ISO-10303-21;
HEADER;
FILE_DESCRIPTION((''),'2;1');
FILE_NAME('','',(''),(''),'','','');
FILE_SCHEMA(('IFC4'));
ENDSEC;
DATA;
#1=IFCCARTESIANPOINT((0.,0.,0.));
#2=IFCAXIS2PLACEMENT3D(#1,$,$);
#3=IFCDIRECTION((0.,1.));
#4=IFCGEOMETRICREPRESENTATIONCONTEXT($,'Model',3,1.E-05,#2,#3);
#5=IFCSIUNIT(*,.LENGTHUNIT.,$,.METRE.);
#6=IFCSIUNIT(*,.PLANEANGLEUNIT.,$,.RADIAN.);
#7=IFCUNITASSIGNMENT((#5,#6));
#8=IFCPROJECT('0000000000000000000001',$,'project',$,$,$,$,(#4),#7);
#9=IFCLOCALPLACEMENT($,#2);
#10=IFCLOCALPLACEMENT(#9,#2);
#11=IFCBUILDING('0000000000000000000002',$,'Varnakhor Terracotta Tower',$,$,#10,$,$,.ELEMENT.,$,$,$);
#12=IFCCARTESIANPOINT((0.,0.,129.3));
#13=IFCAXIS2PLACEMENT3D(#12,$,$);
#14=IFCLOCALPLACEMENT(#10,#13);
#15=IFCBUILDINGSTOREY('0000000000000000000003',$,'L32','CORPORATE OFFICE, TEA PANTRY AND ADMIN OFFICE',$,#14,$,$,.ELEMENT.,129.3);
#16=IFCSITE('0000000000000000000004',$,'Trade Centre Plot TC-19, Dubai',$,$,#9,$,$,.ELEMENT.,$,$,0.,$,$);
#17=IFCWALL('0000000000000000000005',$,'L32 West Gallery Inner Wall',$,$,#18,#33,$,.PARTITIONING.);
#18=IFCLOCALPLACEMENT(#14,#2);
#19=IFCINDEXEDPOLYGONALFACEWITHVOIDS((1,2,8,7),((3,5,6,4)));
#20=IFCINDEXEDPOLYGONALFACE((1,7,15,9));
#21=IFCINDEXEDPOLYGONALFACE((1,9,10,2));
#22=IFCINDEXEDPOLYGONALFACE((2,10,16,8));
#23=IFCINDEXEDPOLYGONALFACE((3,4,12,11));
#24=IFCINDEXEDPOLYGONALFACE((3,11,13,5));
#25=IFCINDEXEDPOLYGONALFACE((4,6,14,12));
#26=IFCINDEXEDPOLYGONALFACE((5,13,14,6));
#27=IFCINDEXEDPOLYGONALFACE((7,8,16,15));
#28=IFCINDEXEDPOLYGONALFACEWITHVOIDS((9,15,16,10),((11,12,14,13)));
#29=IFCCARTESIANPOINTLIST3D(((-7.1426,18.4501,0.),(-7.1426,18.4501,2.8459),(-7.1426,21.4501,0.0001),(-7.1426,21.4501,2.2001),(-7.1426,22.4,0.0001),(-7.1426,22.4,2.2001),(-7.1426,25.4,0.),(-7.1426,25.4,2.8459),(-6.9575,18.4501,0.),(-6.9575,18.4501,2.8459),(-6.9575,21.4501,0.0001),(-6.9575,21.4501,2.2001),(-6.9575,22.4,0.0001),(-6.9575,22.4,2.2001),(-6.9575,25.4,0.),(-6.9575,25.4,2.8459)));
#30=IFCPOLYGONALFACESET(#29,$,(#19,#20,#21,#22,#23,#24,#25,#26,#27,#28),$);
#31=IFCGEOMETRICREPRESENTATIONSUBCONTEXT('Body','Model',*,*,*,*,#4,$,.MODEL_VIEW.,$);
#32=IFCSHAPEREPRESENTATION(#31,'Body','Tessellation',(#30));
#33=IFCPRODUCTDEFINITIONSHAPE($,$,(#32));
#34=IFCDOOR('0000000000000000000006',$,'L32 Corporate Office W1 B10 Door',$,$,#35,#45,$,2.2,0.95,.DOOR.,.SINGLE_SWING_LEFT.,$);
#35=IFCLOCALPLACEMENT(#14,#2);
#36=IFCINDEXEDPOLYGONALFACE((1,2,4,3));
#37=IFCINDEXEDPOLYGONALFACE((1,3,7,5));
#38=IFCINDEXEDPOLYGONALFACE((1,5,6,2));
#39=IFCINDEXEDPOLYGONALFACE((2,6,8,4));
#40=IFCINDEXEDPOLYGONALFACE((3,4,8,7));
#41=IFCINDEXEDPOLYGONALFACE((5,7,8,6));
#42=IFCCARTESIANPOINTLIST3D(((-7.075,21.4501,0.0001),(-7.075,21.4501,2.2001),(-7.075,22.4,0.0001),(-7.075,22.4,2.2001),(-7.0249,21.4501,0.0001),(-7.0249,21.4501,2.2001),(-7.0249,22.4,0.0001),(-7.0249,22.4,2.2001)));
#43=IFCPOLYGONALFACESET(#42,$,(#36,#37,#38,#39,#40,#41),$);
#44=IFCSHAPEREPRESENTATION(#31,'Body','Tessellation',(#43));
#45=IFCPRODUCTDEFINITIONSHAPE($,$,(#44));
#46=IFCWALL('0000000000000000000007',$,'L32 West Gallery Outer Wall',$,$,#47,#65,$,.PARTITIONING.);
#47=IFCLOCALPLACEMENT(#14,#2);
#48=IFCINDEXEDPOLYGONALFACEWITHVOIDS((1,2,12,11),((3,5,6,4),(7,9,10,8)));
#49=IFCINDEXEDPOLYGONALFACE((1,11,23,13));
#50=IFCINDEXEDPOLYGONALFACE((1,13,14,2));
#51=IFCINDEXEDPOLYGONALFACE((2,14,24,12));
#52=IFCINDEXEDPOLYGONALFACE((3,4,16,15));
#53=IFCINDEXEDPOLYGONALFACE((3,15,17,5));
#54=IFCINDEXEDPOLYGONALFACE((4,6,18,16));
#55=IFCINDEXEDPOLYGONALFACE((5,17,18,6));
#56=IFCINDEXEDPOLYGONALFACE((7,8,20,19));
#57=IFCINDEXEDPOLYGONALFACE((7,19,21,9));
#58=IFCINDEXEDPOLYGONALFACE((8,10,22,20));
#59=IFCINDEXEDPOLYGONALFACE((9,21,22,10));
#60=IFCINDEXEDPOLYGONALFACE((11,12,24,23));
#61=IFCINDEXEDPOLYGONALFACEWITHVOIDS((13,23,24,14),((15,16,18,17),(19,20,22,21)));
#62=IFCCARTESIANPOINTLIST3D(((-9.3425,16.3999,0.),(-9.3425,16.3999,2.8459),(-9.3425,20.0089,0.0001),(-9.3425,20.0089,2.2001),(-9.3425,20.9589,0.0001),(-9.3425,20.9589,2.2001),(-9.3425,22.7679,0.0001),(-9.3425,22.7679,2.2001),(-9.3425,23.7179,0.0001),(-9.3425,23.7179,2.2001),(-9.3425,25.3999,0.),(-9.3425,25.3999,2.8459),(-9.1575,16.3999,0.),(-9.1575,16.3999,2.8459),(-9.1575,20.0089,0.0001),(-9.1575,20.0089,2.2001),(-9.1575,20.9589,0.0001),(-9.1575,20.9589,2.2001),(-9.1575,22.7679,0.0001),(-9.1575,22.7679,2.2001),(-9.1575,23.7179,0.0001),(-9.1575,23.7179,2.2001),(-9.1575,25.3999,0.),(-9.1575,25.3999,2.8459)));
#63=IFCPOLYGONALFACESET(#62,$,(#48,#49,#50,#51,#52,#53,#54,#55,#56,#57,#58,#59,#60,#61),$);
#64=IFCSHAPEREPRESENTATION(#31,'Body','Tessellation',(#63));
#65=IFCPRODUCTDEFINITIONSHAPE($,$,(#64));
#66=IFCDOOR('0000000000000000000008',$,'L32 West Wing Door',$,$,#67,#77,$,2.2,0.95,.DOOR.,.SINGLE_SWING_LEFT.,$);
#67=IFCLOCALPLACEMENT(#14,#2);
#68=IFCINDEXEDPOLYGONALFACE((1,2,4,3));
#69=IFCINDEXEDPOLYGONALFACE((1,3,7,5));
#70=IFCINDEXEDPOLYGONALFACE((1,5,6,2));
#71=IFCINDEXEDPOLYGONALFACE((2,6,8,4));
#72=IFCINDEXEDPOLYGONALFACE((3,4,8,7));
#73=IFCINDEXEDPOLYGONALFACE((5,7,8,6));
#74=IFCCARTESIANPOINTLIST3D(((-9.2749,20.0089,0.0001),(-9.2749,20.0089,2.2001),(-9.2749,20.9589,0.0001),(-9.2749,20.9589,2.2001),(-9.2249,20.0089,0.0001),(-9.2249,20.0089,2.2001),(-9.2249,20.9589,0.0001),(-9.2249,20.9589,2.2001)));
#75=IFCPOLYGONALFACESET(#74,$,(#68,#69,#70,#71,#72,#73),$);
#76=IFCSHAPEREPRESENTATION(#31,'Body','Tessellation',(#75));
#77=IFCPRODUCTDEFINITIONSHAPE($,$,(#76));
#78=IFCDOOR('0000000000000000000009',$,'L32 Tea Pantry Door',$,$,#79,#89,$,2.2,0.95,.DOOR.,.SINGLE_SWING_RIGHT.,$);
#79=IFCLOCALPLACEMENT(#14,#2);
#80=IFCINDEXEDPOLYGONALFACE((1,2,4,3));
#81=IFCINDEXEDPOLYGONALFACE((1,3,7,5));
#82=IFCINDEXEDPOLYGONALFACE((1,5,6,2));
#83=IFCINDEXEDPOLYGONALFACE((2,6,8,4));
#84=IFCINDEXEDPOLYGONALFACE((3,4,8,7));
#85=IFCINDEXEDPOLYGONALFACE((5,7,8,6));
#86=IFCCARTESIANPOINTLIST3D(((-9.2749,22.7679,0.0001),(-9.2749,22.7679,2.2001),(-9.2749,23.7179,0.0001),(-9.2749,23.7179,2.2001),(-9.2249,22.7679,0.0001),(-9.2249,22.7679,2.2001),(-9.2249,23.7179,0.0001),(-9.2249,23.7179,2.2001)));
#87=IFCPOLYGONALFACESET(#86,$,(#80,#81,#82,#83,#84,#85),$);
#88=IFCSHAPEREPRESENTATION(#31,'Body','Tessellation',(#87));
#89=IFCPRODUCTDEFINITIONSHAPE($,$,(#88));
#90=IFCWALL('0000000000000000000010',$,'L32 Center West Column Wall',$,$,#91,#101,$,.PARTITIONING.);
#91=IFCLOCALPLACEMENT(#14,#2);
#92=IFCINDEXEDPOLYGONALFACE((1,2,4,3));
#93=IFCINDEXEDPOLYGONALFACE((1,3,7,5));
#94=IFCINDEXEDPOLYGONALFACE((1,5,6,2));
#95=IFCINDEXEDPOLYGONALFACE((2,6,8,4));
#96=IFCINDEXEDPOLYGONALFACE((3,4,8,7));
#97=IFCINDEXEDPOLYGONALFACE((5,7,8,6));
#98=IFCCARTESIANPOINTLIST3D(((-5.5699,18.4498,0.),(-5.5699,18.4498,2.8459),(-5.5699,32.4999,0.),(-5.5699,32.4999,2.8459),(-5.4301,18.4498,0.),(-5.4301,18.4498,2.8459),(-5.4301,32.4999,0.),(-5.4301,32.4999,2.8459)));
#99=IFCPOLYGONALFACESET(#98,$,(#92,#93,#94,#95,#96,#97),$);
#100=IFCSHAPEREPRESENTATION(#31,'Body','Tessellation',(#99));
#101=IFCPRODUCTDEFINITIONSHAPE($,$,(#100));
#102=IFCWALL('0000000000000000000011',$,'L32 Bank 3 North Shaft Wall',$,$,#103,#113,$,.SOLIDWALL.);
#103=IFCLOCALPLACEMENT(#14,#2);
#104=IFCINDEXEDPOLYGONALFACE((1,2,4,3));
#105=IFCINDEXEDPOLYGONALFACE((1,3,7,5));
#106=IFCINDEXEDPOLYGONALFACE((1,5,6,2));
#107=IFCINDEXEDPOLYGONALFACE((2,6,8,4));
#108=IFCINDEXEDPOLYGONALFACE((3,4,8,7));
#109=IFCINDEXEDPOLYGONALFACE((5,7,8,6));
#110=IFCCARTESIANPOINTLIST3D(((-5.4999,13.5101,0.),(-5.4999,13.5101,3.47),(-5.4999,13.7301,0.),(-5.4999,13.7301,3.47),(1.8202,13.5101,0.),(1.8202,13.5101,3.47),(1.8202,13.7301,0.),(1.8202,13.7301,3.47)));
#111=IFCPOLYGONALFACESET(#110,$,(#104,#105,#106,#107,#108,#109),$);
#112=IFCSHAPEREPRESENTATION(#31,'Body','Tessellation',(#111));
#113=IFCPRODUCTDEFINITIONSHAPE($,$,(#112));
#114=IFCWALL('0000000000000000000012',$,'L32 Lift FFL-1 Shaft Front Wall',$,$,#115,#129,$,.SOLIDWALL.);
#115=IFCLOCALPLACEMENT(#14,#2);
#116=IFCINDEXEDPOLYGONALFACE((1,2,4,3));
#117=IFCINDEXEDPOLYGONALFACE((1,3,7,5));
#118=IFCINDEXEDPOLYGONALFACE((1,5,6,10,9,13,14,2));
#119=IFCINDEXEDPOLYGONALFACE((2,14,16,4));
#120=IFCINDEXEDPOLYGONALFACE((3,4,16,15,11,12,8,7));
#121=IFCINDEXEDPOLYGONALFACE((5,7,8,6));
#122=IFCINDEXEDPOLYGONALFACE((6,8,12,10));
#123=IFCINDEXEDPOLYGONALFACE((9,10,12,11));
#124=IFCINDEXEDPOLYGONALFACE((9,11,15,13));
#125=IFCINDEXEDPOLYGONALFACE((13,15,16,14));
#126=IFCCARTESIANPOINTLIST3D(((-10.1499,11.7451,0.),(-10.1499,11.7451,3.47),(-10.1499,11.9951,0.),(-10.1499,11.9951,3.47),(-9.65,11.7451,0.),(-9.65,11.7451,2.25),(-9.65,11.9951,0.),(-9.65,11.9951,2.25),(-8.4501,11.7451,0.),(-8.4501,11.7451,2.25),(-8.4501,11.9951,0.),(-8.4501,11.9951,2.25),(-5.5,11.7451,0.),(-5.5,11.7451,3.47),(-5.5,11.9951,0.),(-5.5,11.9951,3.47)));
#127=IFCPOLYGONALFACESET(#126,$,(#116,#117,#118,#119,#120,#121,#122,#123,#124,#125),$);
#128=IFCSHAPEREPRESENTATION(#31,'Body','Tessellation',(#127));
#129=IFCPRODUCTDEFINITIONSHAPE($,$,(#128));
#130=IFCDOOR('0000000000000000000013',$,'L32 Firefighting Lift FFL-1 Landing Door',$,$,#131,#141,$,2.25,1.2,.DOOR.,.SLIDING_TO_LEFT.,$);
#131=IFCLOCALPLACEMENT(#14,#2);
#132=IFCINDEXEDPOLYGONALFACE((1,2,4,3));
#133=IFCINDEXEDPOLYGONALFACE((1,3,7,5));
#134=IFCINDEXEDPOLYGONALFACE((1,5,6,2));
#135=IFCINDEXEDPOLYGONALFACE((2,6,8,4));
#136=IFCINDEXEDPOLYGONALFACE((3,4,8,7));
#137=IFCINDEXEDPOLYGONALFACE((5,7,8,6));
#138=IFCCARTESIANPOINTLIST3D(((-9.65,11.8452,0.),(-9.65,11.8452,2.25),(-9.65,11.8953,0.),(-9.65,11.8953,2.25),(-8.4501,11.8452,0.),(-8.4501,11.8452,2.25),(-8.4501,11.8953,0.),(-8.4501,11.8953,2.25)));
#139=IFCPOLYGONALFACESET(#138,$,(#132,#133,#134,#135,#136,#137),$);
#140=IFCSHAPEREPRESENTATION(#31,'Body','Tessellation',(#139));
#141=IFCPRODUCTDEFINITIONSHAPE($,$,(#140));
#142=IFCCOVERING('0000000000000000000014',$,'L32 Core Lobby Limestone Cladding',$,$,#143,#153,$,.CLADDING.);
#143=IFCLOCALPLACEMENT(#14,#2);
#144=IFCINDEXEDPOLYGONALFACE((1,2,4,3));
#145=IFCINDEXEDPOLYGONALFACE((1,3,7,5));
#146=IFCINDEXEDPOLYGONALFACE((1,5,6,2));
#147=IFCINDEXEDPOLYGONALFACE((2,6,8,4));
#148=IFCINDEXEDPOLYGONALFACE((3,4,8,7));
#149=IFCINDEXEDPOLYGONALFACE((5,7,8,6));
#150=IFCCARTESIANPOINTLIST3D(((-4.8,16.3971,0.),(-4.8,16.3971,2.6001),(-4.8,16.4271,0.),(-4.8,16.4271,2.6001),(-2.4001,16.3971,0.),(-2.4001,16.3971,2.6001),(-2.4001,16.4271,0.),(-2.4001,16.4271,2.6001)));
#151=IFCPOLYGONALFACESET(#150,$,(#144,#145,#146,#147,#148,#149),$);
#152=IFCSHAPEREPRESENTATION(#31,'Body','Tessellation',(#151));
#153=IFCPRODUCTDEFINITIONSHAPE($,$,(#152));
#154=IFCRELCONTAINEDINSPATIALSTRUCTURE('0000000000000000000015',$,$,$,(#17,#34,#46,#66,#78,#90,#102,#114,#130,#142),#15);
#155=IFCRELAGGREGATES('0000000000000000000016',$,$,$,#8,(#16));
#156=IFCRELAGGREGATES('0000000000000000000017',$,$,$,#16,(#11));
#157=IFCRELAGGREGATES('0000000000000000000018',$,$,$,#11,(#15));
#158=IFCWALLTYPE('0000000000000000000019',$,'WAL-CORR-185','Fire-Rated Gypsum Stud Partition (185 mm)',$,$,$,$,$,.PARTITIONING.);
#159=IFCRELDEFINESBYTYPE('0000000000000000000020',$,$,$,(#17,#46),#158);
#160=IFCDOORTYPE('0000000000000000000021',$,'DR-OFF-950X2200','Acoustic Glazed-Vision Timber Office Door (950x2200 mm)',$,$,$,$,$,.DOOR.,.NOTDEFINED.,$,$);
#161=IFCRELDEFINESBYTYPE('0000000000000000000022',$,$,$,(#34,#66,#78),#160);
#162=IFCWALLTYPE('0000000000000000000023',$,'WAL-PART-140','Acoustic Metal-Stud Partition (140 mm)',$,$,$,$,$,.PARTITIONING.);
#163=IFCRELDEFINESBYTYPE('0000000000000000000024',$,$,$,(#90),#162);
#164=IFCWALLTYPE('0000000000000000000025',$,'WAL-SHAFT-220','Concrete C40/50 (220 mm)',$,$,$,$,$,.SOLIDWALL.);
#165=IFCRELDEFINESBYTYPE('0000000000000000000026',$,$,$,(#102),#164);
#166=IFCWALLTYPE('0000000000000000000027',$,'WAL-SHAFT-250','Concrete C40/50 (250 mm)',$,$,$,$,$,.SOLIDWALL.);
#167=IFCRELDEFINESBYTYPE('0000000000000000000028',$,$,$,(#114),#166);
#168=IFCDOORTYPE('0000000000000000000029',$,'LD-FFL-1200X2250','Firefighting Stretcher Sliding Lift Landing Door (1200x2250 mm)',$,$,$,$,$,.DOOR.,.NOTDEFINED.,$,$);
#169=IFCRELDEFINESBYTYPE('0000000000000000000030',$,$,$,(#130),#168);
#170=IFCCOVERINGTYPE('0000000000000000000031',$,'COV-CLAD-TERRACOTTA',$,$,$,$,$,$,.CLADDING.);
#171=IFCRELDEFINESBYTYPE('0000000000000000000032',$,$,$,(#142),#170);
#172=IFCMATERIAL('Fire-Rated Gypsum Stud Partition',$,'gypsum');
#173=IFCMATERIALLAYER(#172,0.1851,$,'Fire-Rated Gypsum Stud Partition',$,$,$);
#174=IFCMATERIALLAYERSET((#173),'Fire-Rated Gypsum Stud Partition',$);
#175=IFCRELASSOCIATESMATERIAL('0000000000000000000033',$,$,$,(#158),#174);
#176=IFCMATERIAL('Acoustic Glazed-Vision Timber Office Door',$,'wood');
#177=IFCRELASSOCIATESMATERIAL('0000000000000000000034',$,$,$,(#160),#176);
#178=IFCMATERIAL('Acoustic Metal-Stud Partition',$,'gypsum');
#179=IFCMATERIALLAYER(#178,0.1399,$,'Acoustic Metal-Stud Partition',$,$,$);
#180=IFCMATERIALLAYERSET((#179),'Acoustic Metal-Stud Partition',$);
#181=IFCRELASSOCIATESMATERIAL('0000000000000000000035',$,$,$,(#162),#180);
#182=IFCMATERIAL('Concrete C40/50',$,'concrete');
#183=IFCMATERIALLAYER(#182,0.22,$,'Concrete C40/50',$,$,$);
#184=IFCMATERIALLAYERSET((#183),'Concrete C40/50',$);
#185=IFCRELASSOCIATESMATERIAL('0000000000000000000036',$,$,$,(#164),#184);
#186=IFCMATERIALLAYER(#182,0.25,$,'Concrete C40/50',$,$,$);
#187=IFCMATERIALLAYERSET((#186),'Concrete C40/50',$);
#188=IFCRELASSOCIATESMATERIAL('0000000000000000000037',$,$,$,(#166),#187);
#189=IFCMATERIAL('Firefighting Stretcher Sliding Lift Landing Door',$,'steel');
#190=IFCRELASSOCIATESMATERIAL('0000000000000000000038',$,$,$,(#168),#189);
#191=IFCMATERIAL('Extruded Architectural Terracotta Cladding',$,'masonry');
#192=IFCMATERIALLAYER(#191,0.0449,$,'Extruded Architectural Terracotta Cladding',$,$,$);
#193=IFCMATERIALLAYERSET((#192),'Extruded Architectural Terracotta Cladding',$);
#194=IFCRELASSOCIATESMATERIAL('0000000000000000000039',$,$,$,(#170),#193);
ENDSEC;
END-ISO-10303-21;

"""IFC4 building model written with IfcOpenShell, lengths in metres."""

from ifc_helpers import new_model, si_unit, direction, frame, frame_2d, origin, origin_2d, place, context, subcontext, project, spatial, rectangle, extrude, source, transform, mapped, material, layer, layer_set, type_object, type_shapes, element, fill, save


model = new_model("IFC4")

# Units and contexts
model_context = context("Model", 3, precision=1e-05, world=origin(), true_north=direction((0.0, 1.0)))
body_context = subcontext(model_context, "Body", "Model", "MODEL_VIEW")
ifc_project = project(units=[si_unit("LENGTHUNIT", "METRE"), si_unit("PLANEANGLEUNIT", "RADIAN")], contexts=[model_context])

# Site, building, storey
site_placement = place(None, origin())
site = spatial("IfcSite", under=ifc_project, at=site_placement, Name="Trade Centre Plot TC-19, Dubai", CompositionType="ELEMENT", RefElevation=0.0)
building_placement = place(site_placement, origin())
building = spatial("IfcBuilding", under=site, at=building_placement, Name="Varnakhor Terracotta Tower", CompositionType="ELEMENT")
storey_placement = place(building_placement, frame((0.0, 0.0, 129.3)))
storey = spatial("IfcBuildingStorey", under=building, at=storey_placement, Name="L32", Description="CORPORATE OFFICE, TEA PANTRY AND ADMIN OFFICE", CompositionType="ELEMENT", Elevation=129.3)

# Wall, opening, door
ifc_material_1 = material(Name="Fire-Rated Gypsum Stud Partition", Category="gypsum")
ifc_layer_1 = layer(ifc_material_1, 0.1851, Name="Fire-Rated Gypsum Stud Partition")
ifc_layer_set_1 = layer_set([ifc_layer_1], Name="Fire-Rated Gypsum Stud Partition")
wall_type_1 = type_object("IfcWallType", Name="WAL-CORR-185", Description="Fire-Rated Gypsum Stud Partition (185 mm)", PredefinedType="PARTITIONING", material=ifc_layer_set_1)
ifc_material_2 = material(Name="Acoustic Glazed-Vision Timber Office Door", Category="wood")
door_type_1 = type_object("IfcDoorType", Name="DR-OFF-950X2200", Description="Acoustic Glazed-Vision Timber Office Door (950x2200 mm)", OperationType="NOTDEFINED", PredefinedType="DOOR", material=ifc_material_2)
shared_shape_1 = source(origin(), body_context, "Body", "SweptSolid", [
    extrude(rectangle(XDim=0.95, YDim=2.2, at=frame_2d((0.4751, 1.1001))), frame((0.0, 0.0249, 0.0), z_axis=(0.0, -1.0, 0.0), x_axis=(1.0, 0.0, 0.0)), (0.0, 0.0, 1.0), 0.05),
])
type_shapes(door_type_1, [shared_shape_1])
wall_1_placement = place(storey_placement, frame((-7.05, 18.45, 0.0), z_axis=(0.0, 0.0, 1.0), x_axis=(0.0, 1.0, 0.0)))
wall_1 = element("IfcWall", 1, at=wall_1_placement, inside=storey, type_object=wall_type_1, Name="L32 West Gallery Inner Wall", PredefinedType="PARTITIONING", context=body_context, shape_type="SweptSolid", body=[
    extrude(rectangle(XDim=6.95, YDim=0.1851, at=frame_2d((3.4751, 0.0))), origin(), (0.0, 0.0, 1.0), 2.8459),
])
opening_1_placement = place(wall_1_placement, frame((3.0, 0.0, 0.0)))
opening_1 = element("IfcOpeningElement", 2, at=opening_1_placement, cuts=wall_1, PredefinedType="OPENING", context=body_context, shape_type="SweptSolid", body=[
    extrude(rectangle(XDim=0.95, YDim=2.2, at=frame_2d((0.4751, 1.1001))), frame((0.0, 0.1025, 0.0), z_axis=(0.0, -1.0, 0.0), x_axis=(1.0, 0.0, 0.0)), (0.0, 0.0, 1.0), 0.2051),
])
door_1_placement = place(opening_1_placement, origin())
door_1 = element("IfcDoor", 3, at=door_1_placement, inside=storey, type_object=door_type_1, Name="L32 Corporate Office W1 B10 Door", OperationType="SINGLE_SWING_LEFT", OverallHeight=2.2, OverallWidth=0.95, PredefinedType="DOOR", context=body_context, shape_type="MappedRepresentation", body=[
    mapped(shared_shape_1, transform((0.0, 0.0, 0.0), scale=1.0)),
])
fill(opening_1, door_1)

# Wall, openings, doors
wall_2_placement = place(storey_placement, frame((-9.25, 16.3999, 0.0), z_axis=(0.0, 0.0, 1.0), x_axis=(0.0, 1.0, 0.0)))
wall_2 = element("IfcWall", 4, at=wall_2_placement, inside=storey, type_object=wall_type_1, Name="L32 West Gallery Outer Wall", PredefinedType="PARTITIONING", context=body_context, shape_type="SweptSolid", body=[
    extrude(rectangle(XDim=9.0, YDim=0.1851, at=frame_2d((4.5, 0.0))), origin(), (0.0, 0.0, 1.0), 2.8459),
])
opening_2_placement = place(wall_2_placement, frame((3.6089, 0.0, 0.0)))
opening_2 = element("IfcOpeningElement", 5, at=opening_2_placement, cuts=wall_2, PredefinedType="OPENING", context=body_context, shape_type="SweptSolid", body=[
    extrude(rectangle(XDim=0.95, YDim=2.2, at=frame_2d((0.4751, 1.1001))), frame((0.0, 0.1025, 0.0), z_axis=(0.0, -1.0, 0.0), x_axis=(1.0, 0.0, 0.0)), (0.0, 0.0, 1.0), 0.2051),
])
opening_3_placement = place(wall_2_placement, frame((6.3679, 0.0, 0.0)))
opening_3 = element("IfcOpeningElement", 6, at=opening_3_placement, cuts=wall_2, PredefinedType="OPENING", context=body_context, shape_type="SweptSolid", body=[
    extrude(rectangle(XDim=0.95, YDim=2.2, at=frame_2d((0.4751, 1.1001))), frame((0.0, 0.1025, 0.0), z_axis=(0.0, -1.0, 0.0), x_axis=(1.0, 0.0, 0.0)), (0.0, 0.0, 1.0), 0.2051),
])
door_2_placement = place(opening_2_placement, origin())
door_2 = element("IfcDoor", 7, at=door_2_placement, inside=storey, type_object=door_type_1, Name="L32 West Wing Door", OperationType="SINGLE_SWING_LEFT", OverallHeight=2.2, OverallWidth=0.95, PredefinedType="DOOR", context=body_context, shape_type="MappedRepresentation", body=[
    mapped(shared_shape_1, transform((0.0, 0.0, 0.0), scale=1.0)),
])
fill(opening_2, door_2)
door_3_placement = place(opening_3_placement, origin())
door_3 = element("IfcDoor", 8, at=door_3_placement, inside=storey, type_object=door_type_1, Name="L32 Tea Pantry Door", OperationType="SINGLE_SWING_RIGHT", OverallHeight=2.2, OverallWidth=0.95, PredefinedType="DOOR", context=body_context, shape_type="MappedRepresentation", body=[
    mapped(shared_shape_1, transform((0.0, 0.0, 0.0), scale=1.0)),
])
fill(opening_3, door_3)

# Walls
ifc_material_3 = material(Name="Acoustic Metal-Stud Partition", Category="gypsum")
ifc_layer_2 = layer(ifc_material_3, 0.1399, Name="Acoustic Metal-Stud Partition")
ifc_layer_set_2 = layer_set([ifc_layer_2], Name="Acoustic Metal-Stud Partition")
wall_type_2 = type_object("IfcWallType", Name="WAL-PART-140", Description="Acoustic Metal-Stud Partition (140 mm)", PredefinedType="PARTITIONING", material=ifc_layer_set_2)
wall_3_placement = place(storey_placement, frame((-5.5, 18.45, 0.0), z_axis=(0.0, 0.0, 1.0), x_axis=(0.0, 1.0, 0.0)))
element("IfcWall", 9, at=wall_3_placement, inside=storey, type_object=wall_type_2, Name="L32 Center West Column Wall", PredefinedType="PARTITIONING", context=body_context, shape_type="SweptSolid", body=[
    extrude(rectangle(XDim=14.05, YDim=0.1399, at=frame_2d((7.0249, 0.0))), origin(), (0.0, 0.0, 1.0), 2.8459),
])
ifc_material_4 = material(Name="Concrete C40/50", Category="concrete")
ifc_layer_3 = layer(ifc_material_4, 0.22, Name="Concrete C40/50")
ifc_layer_set_3 = layer_set([ifc_layer_3], Name="Concrete C40/50")
wall_type_3 = type_object("IfcWallType", Name="WAL-SHAFT-220", Description="Concrete C40/50 (220 mm)", PredefinedType="SOLIDWALL", material=ifc_layer_set_3)
wall_4_placement = place(storey_placement, frame((-5.5, 13.6201, 0.0), z_axis=(0.0, 0.0, 1.0), x_axis=(1.0, 0.0, 0.0)))
element("IfcWall", 10, at=wall_4_placement, inside=storey, type_object=wall_type_3, Name="L32 Bank 3 North Shaft Wall", PredefinedType="SOLIDWALL", context=body_context, shape_type="SweptSolid", body=[
    extrude(rectangle(XDim=7.3201, YDim=0.22, at=frame_2d((3.6602, 0.0))), origin(), (0.0, 0.0, 1.0), 3.47),
])

# Wall, opening, door
ifc_layer_4 = layer(ifc_material_4, 0.25, Name="Concrete C40/50")
ifc_layer_set_4 = layer_set([ifc_layer_4], Name="Concrete C40/50")
wall_type_4 = type_object("IfcWallType", Name="WAL-SHAFT-250", Description="Concrete C40/50 (250 mm)", PredefinedType="SOLIDWALL", material=ifc_layer_set_4)
wall_5_placement = place(storey_placement, frame((-5.5, 11.8701, 0.0), z_axis=(0.0, 0.0, 1.0), x_axis=(-1.0, 0.0, 0.0)))
wall_5 = element("IfcWall", 11, at=wall_5_placement, inside=storey, type_object=wall_type_4, Name="L32 Lift FFL-1 Shaft Front Wall", PredefinedType="SOLIDWALL", context=body_context, shape_type="SweptSolid", body=[
    extrude(rectangle(XDim=4.6499, YDim=0.25, at=frame_2d((2.325, 0.0))), origin(), (0.0, 0.0, 1.0), 3.47),
])
opening_4_placement = place(wall_5_placement, frame((2.95, 0.0, 0.0)))
opening_4 = element("IfcOpeningElement", 12, at=opening_4_placement, cuts=wall_5, PredefinedType="OPENING", context=body_context, shape_type="SweptSolid", body=[
    extrude(rectangle(XDim=1.2, YDim=2.25, at=frame_2d((0.6001, 1.125))), frame((0.0, 0.135, 0.0), z_axis=(0.0, -1.0, 0.0), x_axis=(1.0, 0.0, 0.0)), (0.0, 0.0, 1.0), 0.27),
])
ifc_material_5 = material(Name="Firefighting Stretcher Sliding Lift Landing Door", Category="steel")
door_type_2 = type_object("IfcDoorType", Name="LD-FFL-1200X2250", Description="Firefighting Stretcher Sliding Lift Landing Door (1200x2250 mm)", OperationType="NOTDEFINED", PredefinedType="DOOR", material=ifc_material_5)
shared_shape_2 = source(origin(), body_context, "Body", "SweptSolid", [
    extrude(rectangle(XDim=1.2, YDim=2.25, at=frame_2d((0.6001, 1.125))), frame((0.0, 0.0249, 0.0), z_axis=(0.0, -1.0, 0.0), x_axis=(1.0, 0.0, 0.0)), (0.0, 0.0, 1.0), 0.05),
])
type_shapes(door_type_2, [shared_shape_2])
door_4_placement = place(opening_4_placement, origin())
door_4 = element("IfcDoor", 13, at=door_4_placement, inside=storey, type_object=door_type_2, Name="L32 Firefighting Lift FFL-1 Landing Door", OperationType="SLIDING_TO_LEFT", OverallHeight=2.25, OverallWidth=1.2, PredefinedType="DOOR", context=body_context, shape_type="MappedRepresentation", body=[
    mapped(shared_shape_2, transform((0.0, 0.0, 0.0), scale=1.0)),
])
fill(opening_4, door_4)

# Covering
ifc_material_6 = material(Name="Extruded Architectural Terracotta Cladding", Category="masonry")
ifc_layer_5 = layer(ifc_material_6, 0.0449, Name="Extruded Architectural Terracotta Cladding")
ifc_layer_set_5 = layer_set([ifc_layer_5], Name="Extruded Architectural Terracotta Cladding")
covering_type = type_object("IfcCoveringType", Name="COV-CLAD-TERRACOTTA", PredefinedType="CLADDING", material=ifc_layer_set_5)
shared_shape_3 = source(origin(), body_context, "Body", "SweptSolid", [
    extrude(rectangle(XDim=2.3999, YDim=0.03, at=origin_2d()), origin(), (0.0, 0.0, 1.0), 2.6001),
])
type_shapes(covering_type, [shared_shape_3])
covering_placement = place(storey_placement, frame((-3.6001, 16.4121, 0.0), z_axis=(0.0, 0.0, 1.0), x_axis=(1.0, 0.0, 0.0)))
element("IfcCovering", 14, at=covering_placement, inside=storey, type_object=covering_type, Name="L32 Core Lobby Limestone Cladding", PredefinedType="CLADDING", context=body_context, shape_type="MappedRepresentation", body=[
    mapped(shared_shape_3, transform((0.0, 0.0, 0.0), scale=1.0)),
])

save(model, "model.ifc")
